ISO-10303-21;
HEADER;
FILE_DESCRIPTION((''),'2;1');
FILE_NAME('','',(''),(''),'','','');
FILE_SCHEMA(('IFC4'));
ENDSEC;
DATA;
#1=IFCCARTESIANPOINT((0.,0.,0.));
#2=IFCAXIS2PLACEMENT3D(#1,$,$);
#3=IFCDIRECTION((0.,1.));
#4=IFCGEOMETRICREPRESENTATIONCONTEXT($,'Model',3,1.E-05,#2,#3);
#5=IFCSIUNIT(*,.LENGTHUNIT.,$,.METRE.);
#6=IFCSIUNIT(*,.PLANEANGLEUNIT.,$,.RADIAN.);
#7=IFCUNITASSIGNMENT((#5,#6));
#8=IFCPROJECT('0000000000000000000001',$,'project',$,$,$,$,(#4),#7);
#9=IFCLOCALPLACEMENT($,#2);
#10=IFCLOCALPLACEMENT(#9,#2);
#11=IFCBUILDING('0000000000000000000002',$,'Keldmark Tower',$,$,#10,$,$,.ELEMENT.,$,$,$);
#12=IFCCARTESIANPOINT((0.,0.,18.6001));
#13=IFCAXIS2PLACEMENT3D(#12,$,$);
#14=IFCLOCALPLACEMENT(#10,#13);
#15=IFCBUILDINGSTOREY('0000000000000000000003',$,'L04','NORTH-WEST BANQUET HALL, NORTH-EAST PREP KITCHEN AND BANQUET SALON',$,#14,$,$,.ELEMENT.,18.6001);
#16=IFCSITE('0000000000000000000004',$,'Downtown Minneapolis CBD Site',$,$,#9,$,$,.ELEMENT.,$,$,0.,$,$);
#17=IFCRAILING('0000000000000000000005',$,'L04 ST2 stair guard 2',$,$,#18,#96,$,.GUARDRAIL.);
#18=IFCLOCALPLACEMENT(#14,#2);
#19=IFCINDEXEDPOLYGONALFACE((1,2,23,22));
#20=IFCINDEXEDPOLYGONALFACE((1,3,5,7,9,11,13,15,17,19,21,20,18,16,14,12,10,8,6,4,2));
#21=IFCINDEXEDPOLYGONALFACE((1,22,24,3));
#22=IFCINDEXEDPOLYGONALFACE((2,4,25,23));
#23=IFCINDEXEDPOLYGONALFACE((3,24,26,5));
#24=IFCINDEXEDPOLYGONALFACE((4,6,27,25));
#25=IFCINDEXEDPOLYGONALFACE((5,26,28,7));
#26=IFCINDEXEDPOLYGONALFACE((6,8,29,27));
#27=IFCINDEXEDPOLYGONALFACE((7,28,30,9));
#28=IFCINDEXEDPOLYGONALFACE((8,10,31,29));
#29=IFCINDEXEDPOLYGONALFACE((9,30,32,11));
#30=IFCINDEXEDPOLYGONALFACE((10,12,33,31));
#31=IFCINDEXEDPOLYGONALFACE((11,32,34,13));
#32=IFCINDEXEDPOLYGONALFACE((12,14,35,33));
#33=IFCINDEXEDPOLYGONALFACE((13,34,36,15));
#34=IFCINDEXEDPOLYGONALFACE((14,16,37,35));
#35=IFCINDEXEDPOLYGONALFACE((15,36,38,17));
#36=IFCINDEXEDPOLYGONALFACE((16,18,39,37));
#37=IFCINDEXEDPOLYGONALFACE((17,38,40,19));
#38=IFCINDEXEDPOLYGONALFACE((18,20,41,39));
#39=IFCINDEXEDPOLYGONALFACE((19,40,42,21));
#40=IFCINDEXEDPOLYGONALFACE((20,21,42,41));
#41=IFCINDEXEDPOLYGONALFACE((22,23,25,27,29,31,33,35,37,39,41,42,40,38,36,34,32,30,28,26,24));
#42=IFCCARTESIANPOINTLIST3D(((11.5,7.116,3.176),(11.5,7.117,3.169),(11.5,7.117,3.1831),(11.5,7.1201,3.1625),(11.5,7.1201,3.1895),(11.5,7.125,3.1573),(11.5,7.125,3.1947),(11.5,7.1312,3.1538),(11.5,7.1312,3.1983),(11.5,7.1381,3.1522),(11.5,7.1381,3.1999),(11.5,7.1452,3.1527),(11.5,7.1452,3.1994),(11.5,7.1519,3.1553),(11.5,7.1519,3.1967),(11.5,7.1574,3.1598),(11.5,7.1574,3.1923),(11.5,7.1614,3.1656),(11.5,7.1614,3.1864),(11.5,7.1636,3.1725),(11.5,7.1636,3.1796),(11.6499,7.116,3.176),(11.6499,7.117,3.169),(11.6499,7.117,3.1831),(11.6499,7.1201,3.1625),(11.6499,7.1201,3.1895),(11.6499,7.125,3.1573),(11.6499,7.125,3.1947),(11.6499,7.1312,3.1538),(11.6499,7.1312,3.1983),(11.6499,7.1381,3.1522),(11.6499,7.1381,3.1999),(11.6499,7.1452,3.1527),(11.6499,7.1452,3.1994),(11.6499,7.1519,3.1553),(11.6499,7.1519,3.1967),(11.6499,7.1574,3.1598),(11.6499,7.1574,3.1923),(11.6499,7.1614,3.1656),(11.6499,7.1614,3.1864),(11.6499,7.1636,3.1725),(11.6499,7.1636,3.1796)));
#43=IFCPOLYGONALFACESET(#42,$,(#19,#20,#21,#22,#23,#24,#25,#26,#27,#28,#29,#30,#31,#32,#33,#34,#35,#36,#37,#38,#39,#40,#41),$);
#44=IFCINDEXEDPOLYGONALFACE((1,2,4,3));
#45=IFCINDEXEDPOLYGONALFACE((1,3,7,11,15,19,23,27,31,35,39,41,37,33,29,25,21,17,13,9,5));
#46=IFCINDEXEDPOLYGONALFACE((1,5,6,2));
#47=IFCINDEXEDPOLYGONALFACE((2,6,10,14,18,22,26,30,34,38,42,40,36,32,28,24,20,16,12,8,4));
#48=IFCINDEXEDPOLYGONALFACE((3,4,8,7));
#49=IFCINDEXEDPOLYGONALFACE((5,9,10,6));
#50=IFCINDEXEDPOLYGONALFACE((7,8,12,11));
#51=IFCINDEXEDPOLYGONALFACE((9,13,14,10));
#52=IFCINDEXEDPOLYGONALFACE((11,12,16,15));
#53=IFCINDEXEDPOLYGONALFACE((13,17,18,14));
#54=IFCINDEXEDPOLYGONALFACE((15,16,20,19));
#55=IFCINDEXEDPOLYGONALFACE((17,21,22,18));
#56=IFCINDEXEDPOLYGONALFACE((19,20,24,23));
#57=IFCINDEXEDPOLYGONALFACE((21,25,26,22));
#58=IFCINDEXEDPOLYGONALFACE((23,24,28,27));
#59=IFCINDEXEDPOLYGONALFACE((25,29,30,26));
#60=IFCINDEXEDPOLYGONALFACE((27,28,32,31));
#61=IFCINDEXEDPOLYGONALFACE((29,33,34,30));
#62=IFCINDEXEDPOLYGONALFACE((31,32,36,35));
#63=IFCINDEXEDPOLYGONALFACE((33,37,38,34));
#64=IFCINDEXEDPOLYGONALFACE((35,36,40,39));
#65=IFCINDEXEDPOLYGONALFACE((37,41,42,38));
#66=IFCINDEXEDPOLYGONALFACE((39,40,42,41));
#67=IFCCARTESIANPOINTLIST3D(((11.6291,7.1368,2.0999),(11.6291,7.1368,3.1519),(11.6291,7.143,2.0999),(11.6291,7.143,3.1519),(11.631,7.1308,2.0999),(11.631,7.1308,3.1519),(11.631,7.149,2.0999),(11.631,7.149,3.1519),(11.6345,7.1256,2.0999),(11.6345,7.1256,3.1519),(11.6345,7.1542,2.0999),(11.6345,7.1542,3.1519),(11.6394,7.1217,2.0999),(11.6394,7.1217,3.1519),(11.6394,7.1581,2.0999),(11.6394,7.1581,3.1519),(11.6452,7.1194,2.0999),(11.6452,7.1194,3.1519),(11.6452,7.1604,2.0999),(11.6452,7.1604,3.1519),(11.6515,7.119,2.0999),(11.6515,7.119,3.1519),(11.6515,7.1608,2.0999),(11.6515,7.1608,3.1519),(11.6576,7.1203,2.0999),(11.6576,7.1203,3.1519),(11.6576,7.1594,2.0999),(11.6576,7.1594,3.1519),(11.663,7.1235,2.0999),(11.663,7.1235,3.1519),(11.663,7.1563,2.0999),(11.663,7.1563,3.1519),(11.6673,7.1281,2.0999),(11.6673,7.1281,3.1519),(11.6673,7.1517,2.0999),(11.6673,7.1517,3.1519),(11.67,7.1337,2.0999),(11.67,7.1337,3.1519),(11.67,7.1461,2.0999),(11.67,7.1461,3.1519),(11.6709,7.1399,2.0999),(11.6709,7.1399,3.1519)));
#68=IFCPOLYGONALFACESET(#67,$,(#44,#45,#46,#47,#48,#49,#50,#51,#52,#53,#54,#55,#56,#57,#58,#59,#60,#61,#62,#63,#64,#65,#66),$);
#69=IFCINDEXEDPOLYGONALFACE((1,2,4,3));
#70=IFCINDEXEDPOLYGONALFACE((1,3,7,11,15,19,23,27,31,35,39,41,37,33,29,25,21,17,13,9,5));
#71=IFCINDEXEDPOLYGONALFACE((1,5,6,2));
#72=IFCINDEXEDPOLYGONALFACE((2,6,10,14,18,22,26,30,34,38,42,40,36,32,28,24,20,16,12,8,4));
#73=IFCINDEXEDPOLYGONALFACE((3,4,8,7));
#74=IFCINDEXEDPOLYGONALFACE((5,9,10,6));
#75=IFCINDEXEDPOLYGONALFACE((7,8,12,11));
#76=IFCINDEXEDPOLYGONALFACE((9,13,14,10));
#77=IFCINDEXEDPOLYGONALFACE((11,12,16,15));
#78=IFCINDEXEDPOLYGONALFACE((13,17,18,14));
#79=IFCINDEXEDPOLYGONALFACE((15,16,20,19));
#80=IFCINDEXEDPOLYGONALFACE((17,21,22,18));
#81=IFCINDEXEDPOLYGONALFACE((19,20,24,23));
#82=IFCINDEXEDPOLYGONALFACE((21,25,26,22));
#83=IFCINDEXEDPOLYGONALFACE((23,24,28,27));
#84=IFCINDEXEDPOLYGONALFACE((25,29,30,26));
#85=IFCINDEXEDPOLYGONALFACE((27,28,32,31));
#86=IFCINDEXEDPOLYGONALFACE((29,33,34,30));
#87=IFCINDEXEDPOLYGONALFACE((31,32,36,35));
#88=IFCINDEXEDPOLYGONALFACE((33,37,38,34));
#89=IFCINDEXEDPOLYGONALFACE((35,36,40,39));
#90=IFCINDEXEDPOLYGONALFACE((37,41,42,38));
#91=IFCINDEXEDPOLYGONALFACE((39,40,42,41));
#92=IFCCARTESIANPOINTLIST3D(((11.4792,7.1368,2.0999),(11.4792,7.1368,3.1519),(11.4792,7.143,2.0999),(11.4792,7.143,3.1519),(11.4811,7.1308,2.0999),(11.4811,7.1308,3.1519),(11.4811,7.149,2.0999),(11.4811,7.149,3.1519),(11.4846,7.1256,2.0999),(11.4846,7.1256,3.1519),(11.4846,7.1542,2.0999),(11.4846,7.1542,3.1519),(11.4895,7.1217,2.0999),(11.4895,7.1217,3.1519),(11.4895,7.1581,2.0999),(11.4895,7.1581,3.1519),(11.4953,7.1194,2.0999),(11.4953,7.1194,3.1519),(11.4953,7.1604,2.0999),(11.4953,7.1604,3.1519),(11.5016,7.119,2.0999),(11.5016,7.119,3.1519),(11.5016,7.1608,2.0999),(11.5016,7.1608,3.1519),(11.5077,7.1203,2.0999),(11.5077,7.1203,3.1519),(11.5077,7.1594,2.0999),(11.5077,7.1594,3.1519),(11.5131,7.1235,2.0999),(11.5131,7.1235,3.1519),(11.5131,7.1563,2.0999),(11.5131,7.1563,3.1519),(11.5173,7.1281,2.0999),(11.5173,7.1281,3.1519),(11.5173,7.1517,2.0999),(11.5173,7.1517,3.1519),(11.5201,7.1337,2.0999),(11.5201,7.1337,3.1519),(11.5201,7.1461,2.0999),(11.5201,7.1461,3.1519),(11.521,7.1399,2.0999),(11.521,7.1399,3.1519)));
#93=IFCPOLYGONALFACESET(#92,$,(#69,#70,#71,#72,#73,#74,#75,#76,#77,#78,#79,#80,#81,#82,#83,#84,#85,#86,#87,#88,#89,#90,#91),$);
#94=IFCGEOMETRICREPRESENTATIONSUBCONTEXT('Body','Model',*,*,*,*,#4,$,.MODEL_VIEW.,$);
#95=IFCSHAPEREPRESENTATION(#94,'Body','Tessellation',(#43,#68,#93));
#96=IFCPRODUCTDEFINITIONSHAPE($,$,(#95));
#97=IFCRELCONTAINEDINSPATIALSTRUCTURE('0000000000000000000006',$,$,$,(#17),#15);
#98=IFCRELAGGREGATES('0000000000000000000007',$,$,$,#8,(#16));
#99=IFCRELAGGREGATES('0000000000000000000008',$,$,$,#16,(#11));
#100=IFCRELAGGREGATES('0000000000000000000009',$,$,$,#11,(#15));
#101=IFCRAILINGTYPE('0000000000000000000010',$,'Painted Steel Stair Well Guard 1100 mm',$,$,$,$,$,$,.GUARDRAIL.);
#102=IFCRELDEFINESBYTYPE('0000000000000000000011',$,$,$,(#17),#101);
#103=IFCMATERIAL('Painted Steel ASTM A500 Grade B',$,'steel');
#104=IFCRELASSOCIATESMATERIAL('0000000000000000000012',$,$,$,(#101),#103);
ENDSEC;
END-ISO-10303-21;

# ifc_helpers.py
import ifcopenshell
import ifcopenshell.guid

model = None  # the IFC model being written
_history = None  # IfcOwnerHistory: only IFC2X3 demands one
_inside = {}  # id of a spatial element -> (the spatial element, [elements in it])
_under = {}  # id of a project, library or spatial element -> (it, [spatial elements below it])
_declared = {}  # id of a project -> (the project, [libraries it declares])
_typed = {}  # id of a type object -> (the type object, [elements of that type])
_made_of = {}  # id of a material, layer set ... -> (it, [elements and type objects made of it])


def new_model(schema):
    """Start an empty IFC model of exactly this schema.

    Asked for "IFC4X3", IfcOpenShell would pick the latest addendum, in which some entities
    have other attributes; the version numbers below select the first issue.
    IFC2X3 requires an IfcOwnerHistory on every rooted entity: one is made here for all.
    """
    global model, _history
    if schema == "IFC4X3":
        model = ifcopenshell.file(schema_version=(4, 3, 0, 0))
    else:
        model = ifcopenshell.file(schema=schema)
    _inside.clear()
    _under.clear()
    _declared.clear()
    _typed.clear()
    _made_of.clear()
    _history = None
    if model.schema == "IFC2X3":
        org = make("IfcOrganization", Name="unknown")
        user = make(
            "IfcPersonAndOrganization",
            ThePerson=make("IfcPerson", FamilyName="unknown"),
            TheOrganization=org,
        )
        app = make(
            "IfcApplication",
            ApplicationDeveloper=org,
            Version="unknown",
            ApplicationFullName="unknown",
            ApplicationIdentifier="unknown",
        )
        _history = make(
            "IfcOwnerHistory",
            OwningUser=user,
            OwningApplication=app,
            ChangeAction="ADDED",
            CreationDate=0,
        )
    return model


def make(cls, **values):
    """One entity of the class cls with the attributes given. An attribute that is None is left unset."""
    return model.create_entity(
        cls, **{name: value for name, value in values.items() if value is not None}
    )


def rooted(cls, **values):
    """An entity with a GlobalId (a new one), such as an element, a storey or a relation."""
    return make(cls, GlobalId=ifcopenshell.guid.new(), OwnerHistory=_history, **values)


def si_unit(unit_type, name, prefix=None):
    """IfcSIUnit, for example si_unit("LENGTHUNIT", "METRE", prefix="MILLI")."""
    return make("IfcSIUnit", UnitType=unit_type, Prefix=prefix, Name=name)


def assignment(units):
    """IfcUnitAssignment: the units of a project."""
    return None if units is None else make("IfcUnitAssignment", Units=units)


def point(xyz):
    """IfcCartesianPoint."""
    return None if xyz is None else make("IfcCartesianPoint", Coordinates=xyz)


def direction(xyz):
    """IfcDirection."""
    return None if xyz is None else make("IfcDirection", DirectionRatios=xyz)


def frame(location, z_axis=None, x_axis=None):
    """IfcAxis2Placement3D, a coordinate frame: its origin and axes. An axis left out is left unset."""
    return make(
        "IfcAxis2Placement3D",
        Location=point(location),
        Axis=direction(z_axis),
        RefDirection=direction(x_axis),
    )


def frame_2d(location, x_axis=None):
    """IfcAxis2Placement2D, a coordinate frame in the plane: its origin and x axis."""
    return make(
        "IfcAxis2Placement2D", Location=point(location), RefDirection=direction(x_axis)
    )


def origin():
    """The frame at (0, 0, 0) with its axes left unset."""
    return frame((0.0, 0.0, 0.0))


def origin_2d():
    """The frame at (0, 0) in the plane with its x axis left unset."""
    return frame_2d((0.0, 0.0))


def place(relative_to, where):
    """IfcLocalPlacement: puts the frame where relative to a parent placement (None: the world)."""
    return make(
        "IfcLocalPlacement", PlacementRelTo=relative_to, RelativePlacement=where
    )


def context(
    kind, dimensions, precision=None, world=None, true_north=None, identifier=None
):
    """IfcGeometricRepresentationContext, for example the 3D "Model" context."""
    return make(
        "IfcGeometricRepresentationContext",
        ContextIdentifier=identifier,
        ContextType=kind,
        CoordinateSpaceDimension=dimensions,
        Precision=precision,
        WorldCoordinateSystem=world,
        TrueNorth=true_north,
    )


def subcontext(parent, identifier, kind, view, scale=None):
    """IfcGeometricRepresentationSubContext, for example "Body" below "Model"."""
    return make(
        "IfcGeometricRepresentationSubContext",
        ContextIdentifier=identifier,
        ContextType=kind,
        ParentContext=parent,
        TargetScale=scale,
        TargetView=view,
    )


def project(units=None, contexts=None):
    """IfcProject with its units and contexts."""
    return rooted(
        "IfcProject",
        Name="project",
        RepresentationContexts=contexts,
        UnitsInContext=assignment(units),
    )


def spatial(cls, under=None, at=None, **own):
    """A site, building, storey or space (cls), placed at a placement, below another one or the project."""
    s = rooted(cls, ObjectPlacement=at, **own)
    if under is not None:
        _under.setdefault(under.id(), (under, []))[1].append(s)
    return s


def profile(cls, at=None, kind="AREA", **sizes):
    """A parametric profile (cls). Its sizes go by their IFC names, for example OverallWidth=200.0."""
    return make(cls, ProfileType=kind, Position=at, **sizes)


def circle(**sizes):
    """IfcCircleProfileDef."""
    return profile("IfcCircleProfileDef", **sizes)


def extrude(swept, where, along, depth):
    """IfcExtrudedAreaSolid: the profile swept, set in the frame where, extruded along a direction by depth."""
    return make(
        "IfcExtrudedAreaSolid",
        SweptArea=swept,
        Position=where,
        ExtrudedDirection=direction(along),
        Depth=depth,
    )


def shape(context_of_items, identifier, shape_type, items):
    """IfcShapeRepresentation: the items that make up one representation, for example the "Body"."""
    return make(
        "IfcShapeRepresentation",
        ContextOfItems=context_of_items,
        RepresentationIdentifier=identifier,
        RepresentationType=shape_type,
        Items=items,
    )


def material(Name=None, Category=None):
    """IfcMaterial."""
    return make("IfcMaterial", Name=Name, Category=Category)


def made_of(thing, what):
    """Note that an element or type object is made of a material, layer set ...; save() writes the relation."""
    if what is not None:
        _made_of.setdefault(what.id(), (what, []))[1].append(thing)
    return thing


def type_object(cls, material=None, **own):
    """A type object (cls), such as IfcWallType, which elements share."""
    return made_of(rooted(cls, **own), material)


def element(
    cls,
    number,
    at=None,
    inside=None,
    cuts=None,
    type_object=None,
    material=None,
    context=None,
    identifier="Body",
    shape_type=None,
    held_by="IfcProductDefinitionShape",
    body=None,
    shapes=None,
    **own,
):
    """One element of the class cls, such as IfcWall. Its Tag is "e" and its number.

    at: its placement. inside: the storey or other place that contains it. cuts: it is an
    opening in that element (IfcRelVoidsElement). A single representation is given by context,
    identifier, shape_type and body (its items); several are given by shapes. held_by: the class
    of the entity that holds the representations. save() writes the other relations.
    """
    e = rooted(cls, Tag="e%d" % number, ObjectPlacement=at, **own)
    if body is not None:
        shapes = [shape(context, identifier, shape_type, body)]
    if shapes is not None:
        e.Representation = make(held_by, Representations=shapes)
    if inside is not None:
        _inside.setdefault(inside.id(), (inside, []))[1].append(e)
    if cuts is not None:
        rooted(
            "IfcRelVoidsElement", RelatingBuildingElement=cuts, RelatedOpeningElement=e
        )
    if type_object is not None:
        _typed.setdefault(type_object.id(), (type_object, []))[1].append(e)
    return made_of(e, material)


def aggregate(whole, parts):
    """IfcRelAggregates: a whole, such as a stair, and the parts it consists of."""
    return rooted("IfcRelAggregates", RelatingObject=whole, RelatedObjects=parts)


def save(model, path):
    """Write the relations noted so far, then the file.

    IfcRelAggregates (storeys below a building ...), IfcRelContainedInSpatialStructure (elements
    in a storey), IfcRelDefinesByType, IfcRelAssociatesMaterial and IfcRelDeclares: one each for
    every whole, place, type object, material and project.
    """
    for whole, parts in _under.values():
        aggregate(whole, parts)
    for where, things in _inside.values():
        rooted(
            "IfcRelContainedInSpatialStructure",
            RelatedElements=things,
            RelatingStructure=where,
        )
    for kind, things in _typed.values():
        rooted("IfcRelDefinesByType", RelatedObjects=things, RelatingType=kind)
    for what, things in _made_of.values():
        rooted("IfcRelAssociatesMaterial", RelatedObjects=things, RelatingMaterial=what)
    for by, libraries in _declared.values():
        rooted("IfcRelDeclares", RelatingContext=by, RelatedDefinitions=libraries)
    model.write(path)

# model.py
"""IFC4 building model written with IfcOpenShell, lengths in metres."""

from ifc_helpers import new_model, si_unit, direction, frame, origin, origin_2d, place, context, subcontext, project, spatial, circle, extrude, material, type_object, element, save


model = new_model("IFC4")

# Units and contexts
model_context = context("Model", 3, precision=1e-05, world=origin(), true_north=direction((0.0, 1.0)))
body_context = subcontext(model_context, "Body", "Model", "MODEL_VIEW")
ifc_project = project(units=[si_unit("LENGTHUNIT", "METRE"), si_unit("PLANEANGLEUNIT", "RADIAN")], contexts=[model_context])

# Site, building, storey
site_placement = place(None, origin())
site = spatial("IfcSite", under=ifc_project, at=site_placement, Name="Downtown Minneapolis CBD Site", CompositionType="ELEMENT", RefElevation=0.0)
building_placement = place(site_placement, origin())
building = spatial("IfcBuilding", under=site, at=building_placement, Name="Keldmark Tower", CompositionType="ELEMENT")
storey_placement = place(building_placement, frame((0.0, 0.0, 18.6001)))
storey = spatial("IfcBuildingStorey", under=building, at=storey_placement, Name="L04", Description="NORTH-WEST BANQUET HALL, NORTH-EAST PREP KITCHEN AND BANQUET SALON", CompositionType="ELEMENT", Elevation=18.6001)

# Railing
ifc_material_1 = material(Name="Painted Steel ASTM A500 Grade B", Category="steel")
railing_type_1 = type_object("IfcRailingType", Name="Painted Steel Stair Well Guard 1100 mm", PredefinedType="GUARDRAIL", material=ifc_material_1)
railing_1_placement = place(storey_placement, frame((11.6499, 7.1399, 2.0999)))
element("IfcRailing", 1, at=railing_1_placement, inside=storey, type_object=railing_type_1, Name="L04 ST2 stair guard 2", PredefinedType="GUARDRAIL", context=body_context, shape_type="SweptSolid", body=[
    extrude(circle(Radius=0.0239, at=origin_2d()), frame((0.0, 0.0, 1.0762), z_axis=(-1.0, 0.0, 0.0), x_axis=(0.0, -1.0, 0.0)), (0.0, 0.0, 1.0), 0.1499),
    extrude(circle(Radius=0.021, at=origin_2d()), origin(), (0.0, 0.0, 1.0), 1.052),
    extrude(circle(Radius=0.021, at=origin_2d()), frame((-0.1499, 0.0, 0.0)), (0.0, 0.0, 1.0), 1.052),
])

save(model, "model.ifc")
